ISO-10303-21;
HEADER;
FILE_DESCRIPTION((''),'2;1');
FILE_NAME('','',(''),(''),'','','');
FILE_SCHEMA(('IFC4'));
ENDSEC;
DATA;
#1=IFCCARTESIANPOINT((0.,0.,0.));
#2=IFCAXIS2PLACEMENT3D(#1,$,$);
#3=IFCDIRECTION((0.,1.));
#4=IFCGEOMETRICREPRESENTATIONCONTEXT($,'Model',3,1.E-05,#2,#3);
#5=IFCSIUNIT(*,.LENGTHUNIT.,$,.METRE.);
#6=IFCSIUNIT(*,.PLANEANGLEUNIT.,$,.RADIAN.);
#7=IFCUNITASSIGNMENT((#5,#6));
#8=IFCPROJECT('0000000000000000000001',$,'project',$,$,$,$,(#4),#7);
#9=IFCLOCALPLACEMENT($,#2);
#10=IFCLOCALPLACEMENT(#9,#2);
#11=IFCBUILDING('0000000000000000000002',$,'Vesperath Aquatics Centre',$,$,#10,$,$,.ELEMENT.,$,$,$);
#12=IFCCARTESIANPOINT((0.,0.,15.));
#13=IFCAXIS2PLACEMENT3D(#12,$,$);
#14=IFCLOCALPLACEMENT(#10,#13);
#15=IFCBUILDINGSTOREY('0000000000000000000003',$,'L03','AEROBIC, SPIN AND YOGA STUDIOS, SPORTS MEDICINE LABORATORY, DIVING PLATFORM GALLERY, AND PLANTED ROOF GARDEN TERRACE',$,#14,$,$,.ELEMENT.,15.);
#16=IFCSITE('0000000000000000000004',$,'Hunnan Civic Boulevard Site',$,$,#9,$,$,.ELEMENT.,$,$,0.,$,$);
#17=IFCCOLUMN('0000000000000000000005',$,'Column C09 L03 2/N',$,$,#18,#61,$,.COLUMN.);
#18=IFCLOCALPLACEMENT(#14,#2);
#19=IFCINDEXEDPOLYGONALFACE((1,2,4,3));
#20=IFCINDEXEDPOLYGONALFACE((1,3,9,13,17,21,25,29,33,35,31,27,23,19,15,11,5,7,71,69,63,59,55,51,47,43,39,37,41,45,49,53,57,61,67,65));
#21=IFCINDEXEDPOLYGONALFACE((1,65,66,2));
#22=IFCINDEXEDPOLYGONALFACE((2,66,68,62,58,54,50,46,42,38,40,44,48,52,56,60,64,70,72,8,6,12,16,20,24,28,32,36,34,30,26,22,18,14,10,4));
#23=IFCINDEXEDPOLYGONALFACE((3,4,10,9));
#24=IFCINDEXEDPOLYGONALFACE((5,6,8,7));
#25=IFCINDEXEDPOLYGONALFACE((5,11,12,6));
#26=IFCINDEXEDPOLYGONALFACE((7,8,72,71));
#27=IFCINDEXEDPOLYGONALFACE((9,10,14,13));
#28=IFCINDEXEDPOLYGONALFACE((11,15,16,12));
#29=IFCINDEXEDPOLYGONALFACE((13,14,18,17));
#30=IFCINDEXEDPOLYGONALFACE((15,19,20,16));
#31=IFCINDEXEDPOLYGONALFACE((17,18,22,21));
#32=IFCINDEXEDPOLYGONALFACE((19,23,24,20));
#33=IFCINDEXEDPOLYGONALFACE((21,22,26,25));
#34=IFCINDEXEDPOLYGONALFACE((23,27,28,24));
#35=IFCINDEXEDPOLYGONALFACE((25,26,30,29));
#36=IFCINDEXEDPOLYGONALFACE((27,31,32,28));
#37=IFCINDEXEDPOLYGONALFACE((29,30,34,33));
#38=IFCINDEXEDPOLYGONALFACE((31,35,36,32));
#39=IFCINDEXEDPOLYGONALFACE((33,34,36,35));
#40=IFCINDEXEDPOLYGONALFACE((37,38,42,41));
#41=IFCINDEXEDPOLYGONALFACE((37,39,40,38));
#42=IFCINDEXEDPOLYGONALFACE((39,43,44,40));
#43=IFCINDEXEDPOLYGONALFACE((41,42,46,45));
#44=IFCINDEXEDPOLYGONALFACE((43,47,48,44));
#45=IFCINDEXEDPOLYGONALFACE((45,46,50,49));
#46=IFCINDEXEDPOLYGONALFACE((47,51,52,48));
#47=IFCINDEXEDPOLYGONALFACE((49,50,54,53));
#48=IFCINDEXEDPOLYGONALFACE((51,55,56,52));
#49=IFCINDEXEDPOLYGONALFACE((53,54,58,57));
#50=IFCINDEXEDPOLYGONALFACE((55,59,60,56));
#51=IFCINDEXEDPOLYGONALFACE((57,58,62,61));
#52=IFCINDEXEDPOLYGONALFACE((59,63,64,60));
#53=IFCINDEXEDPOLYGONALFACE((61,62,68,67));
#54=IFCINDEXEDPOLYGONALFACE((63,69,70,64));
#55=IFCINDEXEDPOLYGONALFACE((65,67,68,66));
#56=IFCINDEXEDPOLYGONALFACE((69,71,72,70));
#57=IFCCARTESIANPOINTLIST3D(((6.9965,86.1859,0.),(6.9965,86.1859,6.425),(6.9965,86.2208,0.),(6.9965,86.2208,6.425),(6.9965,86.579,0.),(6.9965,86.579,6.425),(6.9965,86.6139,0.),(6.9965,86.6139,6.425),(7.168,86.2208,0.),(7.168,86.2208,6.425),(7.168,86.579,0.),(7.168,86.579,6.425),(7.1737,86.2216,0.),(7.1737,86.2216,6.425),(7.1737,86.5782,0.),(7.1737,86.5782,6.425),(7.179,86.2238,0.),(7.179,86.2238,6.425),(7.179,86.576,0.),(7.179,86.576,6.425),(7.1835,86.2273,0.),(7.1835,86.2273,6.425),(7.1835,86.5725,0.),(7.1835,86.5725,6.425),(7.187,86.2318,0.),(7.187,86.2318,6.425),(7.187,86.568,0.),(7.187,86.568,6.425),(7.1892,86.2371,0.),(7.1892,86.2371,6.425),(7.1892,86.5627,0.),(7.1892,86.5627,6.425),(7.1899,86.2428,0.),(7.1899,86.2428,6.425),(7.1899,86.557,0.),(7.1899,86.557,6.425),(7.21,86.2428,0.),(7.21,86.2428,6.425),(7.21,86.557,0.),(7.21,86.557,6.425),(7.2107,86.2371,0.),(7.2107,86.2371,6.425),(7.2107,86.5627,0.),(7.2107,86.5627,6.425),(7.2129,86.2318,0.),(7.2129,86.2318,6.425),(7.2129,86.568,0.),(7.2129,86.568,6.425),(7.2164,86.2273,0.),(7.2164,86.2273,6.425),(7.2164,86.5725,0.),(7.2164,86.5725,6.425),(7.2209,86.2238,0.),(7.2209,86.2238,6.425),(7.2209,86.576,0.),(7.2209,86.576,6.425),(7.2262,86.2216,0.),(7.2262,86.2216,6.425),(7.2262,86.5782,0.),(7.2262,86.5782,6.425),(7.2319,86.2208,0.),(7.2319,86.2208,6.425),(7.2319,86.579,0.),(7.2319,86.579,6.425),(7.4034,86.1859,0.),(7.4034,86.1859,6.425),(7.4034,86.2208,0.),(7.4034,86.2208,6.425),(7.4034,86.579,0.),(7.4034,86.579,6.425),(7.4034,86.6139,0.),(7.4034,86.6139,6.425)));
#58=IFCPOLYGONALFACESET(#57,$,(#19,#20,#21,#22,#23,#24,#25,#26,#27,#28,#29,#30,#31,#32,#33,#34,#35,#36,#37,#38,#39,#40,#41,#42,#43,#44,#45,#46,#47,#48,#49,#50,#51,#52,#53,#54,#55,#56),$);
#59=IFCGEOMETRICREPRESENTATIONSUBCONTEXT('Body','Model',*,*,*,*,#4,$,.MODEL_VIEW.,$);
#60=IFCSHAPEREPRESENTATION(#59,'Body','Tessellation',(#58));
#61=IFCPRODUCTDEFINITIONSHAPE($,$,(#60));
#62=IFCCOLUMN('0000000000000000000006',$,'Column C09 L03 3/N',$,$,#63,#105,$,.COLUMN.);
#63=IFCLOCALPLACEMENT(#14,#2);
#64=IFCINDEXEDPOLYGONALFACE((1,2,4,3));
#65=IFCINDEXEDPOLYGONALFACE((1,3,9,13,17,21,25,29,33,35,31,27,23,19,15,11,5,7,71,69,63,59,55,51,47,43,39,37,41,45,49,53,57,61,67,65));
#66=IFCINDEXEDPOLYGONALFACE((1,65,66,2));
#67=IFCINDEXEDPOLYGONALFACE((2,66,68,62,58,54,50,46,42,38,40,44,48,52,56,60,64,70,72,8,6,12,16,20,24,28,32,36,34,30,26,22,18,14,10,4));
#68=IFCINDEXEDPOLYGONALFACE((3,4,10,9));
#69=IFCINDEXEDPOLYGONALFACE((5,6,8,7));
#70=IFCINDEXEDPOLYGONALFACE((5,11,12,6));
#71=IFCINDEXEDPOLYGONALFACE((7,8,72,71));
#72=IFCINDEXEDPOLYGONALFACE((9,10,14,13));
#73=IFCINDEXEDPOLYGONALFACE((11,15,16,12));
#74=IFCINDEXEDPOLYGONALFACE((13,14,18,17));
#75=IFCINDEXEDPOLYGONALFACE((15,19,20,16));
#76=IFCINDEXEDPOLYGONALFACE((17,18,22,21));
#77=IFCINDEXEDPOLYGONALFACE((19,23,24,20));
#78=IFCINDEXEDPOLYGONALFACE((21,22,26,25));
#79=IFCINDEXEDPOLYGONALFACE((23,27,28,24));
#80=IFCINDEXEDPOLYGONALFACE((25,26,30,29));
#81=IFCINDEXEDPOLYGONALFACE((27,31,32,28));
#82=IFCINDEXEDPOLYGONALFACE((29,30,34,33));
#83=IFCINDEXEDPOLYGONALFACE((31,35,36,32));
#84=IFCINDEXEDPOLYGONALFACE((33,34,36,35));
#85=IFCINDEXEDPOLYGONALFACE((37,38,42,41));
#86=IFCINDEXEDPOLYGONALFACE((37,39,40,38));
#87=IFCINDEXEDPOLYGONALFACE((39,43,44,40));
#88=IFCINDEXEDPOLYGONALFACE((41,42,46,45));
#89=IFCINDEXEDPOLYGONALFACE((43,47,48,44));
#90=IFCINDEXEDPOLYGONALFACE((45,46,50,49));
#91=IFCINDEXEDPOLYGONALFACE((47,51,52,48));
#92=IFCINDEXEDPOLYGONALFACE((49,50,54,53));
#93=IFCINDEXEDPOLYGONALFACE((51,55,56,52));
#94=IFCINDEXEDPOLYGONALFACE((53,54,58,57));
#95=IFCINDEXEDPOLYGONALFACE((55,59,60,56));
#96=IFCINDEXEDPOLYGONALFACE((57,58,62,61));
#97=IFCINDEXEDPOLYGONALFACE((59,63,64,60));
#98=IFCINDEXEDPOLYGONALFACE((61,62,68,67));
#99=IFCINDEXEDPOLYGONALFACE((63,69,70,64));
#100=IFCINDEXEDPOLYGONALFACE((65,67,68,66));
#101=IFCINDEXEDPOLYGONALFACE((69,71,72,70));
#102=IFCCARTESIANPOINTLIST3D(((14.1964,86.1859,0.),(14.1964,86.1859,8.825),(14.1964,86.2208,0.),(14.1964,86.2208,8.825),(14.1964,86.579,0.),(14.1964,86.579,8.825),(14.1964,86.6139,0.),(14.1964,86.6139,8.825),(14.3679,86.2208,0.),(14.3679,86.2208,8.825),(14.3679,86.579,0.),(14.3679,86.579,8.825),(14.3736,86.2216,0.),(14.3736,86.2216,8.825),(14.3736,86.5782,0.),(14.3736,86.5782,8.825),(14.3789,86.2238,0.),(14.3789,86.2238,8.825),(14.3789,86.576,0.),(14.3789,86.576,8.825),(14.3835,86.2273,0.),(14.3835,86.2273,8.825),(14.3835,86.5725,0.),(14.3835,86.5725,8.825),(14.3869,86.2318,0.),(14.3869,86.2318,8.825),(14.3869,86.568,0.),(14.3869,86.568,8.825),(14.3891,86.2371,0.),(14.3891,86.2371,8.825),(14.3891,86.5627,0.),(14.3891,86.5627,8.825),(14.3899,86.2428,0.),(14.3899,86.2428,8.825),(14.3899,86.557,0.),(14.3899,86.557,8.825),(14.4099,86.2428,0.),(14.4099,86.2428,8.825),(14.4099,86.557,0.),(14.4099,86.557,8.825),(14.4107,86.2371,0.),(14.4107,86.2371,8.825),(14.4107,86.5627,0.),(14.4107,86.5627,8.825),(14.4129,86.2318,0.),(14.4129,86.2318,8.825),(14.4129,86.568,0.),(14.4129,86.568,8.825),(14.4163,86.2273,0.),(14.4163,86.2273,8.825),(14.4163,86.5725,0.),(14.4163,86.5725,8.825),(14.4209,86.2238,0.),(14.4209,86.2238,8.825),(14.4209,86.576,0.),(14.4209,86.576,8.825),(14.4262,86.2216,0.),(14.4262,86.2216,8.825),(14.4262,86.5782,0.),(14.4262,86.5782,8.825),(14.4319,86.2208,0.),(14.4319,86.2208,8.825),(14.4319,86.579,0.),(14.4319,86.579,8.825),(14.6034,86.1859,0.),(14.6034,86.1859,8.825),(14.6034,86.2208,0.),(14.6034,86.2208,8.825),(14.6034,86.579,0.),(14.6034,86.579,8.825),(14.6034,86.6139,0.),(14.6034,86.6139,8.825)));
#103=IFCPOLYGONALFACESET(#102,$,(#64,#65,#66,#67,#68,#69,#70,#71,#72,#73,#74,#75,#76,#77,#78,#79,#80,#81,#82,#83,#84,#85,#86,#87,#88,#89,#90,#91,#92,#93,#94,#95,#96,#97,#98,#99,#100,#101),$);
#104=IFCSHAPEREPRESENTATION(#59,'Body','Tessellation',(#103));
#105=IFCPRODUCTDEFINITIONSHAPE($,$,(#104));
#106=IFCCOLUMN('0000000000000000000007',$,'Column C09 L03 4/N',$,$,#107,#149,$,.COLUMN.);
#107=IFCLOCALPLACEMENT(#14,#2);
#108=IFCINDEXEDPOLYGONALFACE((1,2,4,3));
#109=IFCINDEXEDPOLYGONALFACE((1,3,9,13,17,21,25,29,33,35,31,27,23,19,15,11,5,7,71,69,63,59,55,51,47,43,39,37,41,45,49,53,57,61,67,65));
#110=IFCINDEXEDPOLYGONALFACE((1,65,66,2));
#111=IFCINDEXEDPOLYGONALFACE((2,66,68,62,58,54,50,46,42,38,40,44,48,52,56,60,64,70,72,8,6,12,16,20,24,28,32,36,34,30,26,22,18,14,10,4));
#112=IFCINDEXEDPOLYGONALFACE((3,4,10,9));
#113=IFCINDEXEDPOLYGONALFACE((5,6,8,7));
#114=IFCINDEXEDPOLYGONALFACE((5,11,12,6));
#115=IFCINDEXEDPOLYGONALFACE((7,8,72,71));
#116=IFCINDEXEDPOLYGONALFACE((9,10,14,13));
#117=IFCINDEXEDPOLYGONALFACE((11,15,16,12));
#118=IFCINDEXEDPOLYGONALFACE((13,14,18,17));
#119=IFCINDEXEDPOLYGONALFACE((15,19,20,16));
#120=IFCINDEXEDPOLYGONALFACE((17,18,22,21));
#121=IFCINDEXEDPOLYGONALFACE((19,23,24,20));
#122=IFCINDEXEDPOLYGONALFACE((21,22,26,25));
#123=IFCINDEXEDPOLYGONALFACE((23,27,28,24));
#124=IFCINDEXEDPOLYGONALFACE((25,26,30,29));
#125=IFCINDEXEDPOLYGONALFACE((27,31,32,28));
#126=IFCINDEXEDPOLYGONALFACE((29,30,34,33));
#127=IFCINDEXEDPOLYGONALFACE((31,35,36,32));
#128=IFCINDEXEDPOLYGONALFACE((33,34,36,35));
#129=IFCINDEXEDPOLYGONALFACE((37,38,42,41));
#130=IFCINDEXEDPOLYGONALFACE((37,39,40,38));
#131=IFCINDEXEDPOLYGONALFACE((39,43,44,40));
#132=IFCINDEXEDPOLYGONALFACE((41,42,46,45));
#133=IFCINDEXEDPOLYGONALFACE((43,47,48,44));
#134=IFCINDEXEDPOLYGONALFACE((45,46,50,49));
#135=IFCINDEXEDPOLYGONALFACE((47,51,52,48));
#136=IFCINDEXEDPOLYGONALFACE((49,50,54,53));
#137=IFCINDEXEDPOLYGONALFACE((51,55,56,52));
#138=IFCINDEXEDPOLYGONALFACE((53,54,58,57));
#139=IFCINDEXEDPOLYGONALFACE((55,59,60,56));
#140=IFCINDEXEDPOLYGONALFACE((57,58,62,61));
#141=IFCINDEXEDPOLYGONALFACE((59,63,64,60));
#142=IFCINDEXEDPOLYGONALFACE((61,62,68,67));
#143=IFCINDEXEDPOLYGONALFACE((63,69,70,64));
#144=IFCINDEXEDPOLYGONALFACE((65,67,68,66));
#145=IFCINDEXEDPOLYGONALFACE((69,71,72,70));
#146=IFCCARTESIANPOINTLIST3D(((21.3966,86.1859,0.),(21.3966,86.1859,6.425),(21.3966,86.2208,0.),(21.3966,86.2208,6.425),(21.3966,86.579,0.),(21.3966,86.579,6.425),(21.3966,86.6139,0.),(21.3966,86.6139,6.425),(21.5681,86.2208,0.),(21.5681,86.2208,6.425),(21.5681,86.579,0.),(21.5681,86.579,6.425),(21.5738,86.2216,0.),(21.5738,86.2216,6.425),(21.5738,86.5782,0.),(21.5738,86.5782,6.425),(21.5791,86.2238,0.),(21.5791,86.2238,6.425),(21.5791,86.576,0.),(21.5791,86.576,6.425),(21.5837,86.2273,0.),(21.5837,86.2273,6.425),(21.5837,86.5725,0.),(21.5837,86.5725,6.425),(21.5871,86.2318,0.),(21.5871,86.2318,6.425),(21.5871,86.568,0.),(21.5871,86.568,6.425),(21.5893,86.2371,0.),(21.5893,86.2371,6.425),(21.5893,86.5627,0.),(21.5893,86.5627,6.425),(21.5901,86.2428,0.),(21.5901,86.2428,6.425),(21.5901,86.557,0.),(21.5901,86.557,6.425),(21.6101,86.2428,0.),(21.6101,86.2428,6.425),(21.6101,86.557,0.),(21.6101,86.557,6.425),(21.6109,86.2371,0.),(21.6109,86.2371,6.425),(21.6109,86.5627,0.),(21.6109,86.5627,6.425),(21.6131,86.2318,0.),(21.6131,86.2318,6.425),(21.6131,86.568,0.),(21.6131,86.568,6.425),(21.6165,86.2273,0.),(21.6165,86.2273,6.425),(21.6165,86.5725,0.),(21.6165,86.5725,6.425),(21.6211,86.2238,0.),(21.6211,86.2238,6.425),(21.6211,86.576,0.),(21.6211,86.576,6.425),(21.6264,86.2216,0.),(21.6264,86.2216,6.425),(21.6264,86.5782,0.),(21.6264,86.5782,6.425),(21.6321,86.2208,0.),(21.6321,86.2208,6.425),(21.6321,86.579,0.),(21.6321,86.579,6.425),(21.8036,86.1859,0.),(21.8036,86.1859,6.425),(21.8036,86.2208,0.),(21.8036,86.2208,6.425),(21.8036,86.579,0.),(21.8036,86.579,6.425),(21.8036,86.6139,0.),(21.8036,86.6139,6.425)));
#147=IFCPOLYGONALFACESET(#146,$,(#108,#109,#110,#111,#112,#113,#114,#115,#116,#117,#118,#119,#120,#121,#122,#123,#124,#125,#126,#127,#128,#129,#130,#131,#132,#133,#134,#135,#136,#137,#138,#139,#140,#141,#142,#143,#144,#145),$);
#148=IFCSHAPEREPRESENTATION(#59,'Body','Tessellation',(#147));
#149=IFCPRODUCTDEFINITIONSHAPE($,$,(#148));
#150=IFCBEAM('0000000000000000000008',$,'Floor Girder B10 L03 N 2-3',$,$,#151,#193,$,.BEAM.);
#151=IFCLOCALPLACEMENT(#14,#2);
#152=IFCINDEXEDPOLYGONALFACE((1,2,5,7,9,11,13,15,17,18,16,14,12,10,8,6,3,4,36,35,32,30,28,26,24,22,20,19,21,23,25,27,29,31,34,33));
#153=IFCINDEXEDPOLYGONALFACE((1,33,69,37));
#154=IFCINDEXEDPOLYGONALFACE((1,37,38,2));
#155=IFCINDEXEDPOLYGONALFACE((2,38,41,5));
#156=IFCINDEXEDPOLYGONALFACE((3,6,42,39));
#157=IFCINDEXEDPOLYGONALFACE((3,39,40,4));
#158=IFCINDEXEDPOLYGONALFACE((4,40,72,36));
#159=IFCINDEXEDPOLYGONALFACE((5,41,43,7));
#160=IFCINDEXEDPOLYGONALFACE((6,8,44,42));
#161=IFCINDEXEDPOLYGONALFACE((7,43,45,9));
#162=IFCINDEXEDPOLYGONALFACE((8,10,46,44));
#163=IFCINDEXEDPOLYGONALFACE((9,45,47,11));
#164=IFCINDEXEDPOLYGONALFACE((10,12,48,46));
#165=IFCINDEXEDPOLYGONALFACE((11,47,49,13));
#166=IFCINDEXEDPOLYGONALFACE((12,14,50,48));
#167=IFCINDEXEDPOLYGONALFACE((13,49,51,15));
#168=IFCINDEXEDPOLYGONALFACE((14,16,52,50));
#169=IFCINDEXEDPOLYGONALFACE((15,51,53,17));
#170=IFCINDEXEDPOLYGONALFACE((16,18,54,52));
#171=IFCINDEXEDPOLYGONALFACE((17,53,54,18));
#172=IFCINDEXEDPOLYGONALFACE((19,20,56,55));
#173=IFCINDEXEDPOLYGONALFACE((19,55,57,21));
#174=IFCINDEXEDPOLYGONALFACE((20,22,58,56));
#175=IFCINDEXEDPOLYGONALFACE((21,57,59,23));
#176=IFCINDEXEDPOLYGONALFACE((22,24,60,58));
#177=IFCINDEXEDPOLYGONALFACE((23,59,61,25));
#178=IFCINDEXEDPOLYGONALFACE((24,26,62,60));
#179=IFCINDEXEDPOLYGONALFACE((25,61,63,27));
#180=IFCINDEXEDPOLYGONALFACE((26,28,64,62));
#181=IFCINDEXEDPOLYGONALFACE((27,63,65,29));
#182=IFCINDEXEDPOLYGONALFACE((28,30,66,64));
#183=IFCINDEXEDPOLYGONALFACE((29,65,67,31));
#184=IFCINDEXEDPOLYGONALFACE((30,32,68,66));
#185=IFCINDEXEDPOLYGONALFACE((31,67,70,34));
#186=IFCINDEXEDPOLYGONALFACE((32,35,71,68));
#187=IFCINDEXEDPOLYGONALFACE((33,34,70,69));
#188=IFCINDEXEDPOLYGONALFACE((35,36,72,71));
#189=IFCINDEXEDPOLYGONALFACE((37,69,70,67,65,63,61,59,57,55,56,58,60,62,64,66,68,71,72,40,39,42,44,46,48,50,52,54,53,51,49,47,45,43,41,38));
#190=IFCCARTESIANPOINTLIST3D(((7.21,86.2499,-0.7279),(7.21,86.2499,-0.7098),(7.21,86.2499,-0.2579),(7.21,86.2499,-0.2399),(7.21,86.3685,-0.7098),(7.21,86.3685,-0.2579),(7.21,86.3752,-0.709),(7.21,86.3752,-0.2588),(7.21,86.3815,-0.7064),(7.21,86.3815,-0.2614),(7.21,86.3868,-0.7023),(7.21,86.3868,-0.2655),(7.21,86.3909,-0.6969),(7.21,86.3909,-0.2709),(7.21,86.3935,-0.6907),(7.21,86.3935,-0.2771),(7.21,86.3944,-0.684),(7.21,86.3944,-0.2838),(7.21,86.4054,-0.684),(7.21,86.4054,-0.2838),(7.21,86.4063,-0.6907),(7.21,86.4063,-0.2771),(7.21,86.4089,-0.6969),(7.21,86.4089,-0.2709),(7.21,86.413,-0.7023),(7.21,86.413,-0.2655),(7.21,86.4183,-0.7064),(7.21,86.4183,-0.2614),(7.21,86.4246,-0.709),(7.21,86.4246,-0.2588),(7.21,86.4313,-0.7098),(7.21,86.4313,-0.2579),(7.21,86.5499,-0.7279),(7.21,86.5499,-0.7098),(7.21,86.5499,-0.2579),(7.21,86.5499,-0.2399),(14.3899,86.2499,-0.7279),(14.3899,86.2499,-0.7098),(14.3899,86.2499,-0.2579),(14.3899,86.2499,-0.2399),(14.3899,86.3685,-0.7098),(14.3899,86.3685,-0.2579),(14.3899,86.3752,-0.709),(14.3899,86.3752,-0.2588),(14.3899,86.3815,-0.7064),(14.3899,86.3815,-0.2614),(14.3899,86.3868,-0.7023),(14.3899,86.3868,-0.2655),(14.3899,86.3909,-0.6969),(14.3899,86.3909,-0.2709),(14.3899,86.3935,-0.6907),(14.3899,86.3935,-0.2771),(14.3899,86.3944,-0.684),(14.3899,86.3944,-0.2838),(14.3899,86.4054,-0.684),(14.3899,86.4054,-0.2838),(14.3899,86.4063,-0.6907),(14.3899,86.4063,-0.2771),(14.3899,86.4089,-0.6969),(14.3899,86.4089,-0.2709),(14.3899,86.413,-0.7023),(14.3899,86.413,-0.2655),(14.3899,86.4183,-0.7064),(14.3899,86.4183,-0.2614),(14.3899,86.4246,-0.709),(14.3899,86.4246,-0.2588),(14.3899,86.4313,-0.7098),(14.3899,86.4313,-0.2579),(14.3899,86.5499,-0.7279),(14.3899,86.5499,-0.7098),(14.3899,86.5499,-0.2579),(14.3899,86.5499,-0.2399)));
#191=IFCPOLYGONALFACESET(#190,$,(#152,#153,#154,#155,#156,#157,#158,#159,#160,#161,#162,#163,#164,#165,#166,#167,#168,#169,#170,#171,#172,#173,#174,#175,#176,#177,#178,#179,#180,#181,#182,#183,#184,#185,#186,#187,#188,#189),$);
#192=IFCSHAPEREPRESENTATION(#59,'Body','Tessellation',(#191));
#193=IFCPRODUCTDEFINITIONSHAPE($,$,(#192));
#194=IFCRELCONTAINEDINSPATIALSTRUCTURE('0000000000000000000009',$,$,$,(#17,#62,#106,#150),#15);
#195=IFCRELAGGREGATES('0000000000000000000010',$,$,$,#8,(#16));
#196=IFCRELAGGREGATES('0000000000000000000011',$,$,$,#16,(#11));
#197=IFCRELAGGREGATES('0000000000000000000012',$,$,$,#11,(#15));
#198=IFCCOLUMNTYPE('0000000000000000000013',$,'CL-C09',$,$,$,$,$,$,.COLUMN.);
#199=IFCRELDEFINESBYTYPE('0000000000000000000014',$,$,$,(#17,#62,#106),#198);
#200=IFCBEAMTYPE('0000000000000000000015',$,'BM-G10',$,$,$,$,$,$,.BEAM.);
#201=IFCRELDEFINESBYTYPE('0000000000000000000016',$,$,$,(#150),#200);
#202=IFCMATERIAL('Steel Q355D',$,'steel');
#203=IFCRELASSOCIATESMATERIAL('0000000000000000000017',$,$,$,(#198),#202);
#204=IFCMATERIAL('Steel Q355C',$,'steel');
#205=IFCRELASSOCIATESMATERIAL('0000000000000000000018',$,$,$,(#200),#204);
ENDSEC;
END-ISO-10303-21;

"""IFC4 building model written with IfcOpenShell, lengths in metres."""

from ifc_helpers import new_model, si_unit, direction, frame, origin, origin_2d, place, context, subcontext, project, spatial, i_section, extrude, material, material_profile, profile_set, type_object, element, save


model = new_model("IFC4")

# Units and contexts
model_context = context("Model", 3, precision=1e-05, world=origin(), true_north=direction((0.0, 1.0)))
body_context = subcontext(model_context, "Body", "Model", "MODEL_VIEW")
ifc_project = project(units=[si_unit("LENGTHUNIT", "METRE"), si_unit("PLANEANGLEUNIT", "RADIAN")], contexts=[model_context])

# Site, building, storey
site_placement = place(None, origin())
site = spatial("IfcSite", under=ifc_project, at=site_placement, Name="Hunnan Civic Boulevard Site", CompositionType="ELEMENT", RefElevation=0.0)
building_placement = place(site_placement, origin())
building = spatial("IfcBuilding", under=site, at=building_placement, Name="Vesperath Aquatics Centre", CompositionType="ELEMENT")
storey_placement = place(building_placement, frame((0.0, 0.0, 15.0)))
storey = spatial("IfcBuildingStorey", under=building, at=storey_placement, Name="L03", Description="AEROBIC, SPIN AND YOGA STUDIOS, SPORTS MEDICINE LABORATORY, DIVING PLATFORM GALLERY, AND PLANTED ROOF GARDEN TERRACE", CompositionType="ELEMENT", Elevation=15.0)

# Columns
ifc_material_1 = material(Name="Steel Q355D", Category="steel")
ifc_material_profile_1 = material_profile(ifc_material_1, i_section(OverallWidth=0.407, OverallDepth=0.428, WebThickness=0.02, FlangeThickness=0.0349, FilletRadius=0.022, at=origin_2d()), Name="HW 428x407x20x35")
ifc_profile_set_1 = profile_set([ifc_material_profile_1], Name="Steel Q355D")
column_type = type_object("IfcColumnType", Name="CL-C09", PredefinedType="COLUMN", material=ifc_profile_set_1)
column_1_placement = place(storey_placement, frame((7.2, 86.3999, 0.0), z_axis=(0.0, 0.0, 1.0), x_axis=(1.0, 0.0, 0.0)))
element("IfcColumn", 1, at=column_1_placement, inside=storey, type_object=column_type, Name="Column C09 L03 2/N", PredefinedType="COLUMN", context=body_context, shape_type="SweptSolid", body=[
    extrude(i_section(OverallWidth=0.407, OverallDepth=0.428, WebThickness=0.02, FlangeThickness=0.0349, FilletRadius=0.022, at=origin_2d()), origin(), (0.0, 0.0, 1.0), 6.425),
])
column_2_placement = place(storey_placement, frame((14.3999, 86.3999, 0.0), z_axis=(0.0, 0.0, 1.0), x_axis=(1.0, 0.0, 0.0)))
element("IfcColumn", 2, at=column_2_placement, inside=storey, type_object=column_type, Name="Column C09 L03 3/N", PredefinedType="COLUMN", context=body_context, shape_type="SweptSolid", body=[
    extrude(i_section(OverallWidth=0.407, OverallDepth=0.428, WebThickness=0.02, FlangeThickness=0.0349, FilletRadius=0.022, at=origin_2d()), origin(), (0.0, 0.0, 1.0), 8.825),
])
column_3_placement = place(storey_placement, frame((21.6001, 86.3999, 0.0), z_axis=(0.0, 0.0, 1.0), x_axis=(1.0, 0.0, 0.0)))
element("IfcColumn", 3, at=column_3_placement, inside=storey, type_object=column_type, Name="Column C09 L03 4/N", PredefinedType="COLUMN", context=body_context, shape_type="SweptSolid", body=[
    extrude(i_section(OverallWidth=0.407, OverallDepth=0.428, WebThickness=0.02, FlangeThickness=0.0349, FilletRadius=0.022, at=origin_2d()), origin(), (0.0, 0.0, 1.0), 6.425),
])

# Beam
ifc_material_2 = material(Name="Steel Q355C", Category="steel")
ifc_material_profile_2 = material_profile(ifc_material_2, i_section(OverallWidth=0.3, OverallDepth=0.488, WebThickness=0.011, FlangeThickness=0.0181, FilletRadius=0.0259, at=origin_2d()), Name="HM 488x300x11x18")
ifc_profile_set_2 = profile_set([ifc_material_profile_2], Name="Steel Q355C")
beam_type = type_object("IfcBeamType", Name="BM-G10", PredefinedType="BEAM", material=ifc_profile_set_2)
beam_1_placement = place(storey_placement, frame((7.21, 86.3999, -0.4839), z_axis=(1.0, 0.0, 0.0), x_axis=(0.0, 1.0, 0.0)))
element("IfcBeam", 4, at=beam_1_placement, inside=storey, type_object=beam_type, Name="Floor Girder B10 L03 N 2-3", PredefinedType="BEAM", context=body_context, shape_type="SweptSolid", body=[
    extrude(i_section(OverallWidth=0.3, OverallDepth=0.488, WebThickness=0.011, FlangeThickness=0.0181, FilletRadius=0.0259, at=origin_2d()), origin(), (0.0, 0.0, 1.0), 7.1799),
])

save(model, "model.ifc")
